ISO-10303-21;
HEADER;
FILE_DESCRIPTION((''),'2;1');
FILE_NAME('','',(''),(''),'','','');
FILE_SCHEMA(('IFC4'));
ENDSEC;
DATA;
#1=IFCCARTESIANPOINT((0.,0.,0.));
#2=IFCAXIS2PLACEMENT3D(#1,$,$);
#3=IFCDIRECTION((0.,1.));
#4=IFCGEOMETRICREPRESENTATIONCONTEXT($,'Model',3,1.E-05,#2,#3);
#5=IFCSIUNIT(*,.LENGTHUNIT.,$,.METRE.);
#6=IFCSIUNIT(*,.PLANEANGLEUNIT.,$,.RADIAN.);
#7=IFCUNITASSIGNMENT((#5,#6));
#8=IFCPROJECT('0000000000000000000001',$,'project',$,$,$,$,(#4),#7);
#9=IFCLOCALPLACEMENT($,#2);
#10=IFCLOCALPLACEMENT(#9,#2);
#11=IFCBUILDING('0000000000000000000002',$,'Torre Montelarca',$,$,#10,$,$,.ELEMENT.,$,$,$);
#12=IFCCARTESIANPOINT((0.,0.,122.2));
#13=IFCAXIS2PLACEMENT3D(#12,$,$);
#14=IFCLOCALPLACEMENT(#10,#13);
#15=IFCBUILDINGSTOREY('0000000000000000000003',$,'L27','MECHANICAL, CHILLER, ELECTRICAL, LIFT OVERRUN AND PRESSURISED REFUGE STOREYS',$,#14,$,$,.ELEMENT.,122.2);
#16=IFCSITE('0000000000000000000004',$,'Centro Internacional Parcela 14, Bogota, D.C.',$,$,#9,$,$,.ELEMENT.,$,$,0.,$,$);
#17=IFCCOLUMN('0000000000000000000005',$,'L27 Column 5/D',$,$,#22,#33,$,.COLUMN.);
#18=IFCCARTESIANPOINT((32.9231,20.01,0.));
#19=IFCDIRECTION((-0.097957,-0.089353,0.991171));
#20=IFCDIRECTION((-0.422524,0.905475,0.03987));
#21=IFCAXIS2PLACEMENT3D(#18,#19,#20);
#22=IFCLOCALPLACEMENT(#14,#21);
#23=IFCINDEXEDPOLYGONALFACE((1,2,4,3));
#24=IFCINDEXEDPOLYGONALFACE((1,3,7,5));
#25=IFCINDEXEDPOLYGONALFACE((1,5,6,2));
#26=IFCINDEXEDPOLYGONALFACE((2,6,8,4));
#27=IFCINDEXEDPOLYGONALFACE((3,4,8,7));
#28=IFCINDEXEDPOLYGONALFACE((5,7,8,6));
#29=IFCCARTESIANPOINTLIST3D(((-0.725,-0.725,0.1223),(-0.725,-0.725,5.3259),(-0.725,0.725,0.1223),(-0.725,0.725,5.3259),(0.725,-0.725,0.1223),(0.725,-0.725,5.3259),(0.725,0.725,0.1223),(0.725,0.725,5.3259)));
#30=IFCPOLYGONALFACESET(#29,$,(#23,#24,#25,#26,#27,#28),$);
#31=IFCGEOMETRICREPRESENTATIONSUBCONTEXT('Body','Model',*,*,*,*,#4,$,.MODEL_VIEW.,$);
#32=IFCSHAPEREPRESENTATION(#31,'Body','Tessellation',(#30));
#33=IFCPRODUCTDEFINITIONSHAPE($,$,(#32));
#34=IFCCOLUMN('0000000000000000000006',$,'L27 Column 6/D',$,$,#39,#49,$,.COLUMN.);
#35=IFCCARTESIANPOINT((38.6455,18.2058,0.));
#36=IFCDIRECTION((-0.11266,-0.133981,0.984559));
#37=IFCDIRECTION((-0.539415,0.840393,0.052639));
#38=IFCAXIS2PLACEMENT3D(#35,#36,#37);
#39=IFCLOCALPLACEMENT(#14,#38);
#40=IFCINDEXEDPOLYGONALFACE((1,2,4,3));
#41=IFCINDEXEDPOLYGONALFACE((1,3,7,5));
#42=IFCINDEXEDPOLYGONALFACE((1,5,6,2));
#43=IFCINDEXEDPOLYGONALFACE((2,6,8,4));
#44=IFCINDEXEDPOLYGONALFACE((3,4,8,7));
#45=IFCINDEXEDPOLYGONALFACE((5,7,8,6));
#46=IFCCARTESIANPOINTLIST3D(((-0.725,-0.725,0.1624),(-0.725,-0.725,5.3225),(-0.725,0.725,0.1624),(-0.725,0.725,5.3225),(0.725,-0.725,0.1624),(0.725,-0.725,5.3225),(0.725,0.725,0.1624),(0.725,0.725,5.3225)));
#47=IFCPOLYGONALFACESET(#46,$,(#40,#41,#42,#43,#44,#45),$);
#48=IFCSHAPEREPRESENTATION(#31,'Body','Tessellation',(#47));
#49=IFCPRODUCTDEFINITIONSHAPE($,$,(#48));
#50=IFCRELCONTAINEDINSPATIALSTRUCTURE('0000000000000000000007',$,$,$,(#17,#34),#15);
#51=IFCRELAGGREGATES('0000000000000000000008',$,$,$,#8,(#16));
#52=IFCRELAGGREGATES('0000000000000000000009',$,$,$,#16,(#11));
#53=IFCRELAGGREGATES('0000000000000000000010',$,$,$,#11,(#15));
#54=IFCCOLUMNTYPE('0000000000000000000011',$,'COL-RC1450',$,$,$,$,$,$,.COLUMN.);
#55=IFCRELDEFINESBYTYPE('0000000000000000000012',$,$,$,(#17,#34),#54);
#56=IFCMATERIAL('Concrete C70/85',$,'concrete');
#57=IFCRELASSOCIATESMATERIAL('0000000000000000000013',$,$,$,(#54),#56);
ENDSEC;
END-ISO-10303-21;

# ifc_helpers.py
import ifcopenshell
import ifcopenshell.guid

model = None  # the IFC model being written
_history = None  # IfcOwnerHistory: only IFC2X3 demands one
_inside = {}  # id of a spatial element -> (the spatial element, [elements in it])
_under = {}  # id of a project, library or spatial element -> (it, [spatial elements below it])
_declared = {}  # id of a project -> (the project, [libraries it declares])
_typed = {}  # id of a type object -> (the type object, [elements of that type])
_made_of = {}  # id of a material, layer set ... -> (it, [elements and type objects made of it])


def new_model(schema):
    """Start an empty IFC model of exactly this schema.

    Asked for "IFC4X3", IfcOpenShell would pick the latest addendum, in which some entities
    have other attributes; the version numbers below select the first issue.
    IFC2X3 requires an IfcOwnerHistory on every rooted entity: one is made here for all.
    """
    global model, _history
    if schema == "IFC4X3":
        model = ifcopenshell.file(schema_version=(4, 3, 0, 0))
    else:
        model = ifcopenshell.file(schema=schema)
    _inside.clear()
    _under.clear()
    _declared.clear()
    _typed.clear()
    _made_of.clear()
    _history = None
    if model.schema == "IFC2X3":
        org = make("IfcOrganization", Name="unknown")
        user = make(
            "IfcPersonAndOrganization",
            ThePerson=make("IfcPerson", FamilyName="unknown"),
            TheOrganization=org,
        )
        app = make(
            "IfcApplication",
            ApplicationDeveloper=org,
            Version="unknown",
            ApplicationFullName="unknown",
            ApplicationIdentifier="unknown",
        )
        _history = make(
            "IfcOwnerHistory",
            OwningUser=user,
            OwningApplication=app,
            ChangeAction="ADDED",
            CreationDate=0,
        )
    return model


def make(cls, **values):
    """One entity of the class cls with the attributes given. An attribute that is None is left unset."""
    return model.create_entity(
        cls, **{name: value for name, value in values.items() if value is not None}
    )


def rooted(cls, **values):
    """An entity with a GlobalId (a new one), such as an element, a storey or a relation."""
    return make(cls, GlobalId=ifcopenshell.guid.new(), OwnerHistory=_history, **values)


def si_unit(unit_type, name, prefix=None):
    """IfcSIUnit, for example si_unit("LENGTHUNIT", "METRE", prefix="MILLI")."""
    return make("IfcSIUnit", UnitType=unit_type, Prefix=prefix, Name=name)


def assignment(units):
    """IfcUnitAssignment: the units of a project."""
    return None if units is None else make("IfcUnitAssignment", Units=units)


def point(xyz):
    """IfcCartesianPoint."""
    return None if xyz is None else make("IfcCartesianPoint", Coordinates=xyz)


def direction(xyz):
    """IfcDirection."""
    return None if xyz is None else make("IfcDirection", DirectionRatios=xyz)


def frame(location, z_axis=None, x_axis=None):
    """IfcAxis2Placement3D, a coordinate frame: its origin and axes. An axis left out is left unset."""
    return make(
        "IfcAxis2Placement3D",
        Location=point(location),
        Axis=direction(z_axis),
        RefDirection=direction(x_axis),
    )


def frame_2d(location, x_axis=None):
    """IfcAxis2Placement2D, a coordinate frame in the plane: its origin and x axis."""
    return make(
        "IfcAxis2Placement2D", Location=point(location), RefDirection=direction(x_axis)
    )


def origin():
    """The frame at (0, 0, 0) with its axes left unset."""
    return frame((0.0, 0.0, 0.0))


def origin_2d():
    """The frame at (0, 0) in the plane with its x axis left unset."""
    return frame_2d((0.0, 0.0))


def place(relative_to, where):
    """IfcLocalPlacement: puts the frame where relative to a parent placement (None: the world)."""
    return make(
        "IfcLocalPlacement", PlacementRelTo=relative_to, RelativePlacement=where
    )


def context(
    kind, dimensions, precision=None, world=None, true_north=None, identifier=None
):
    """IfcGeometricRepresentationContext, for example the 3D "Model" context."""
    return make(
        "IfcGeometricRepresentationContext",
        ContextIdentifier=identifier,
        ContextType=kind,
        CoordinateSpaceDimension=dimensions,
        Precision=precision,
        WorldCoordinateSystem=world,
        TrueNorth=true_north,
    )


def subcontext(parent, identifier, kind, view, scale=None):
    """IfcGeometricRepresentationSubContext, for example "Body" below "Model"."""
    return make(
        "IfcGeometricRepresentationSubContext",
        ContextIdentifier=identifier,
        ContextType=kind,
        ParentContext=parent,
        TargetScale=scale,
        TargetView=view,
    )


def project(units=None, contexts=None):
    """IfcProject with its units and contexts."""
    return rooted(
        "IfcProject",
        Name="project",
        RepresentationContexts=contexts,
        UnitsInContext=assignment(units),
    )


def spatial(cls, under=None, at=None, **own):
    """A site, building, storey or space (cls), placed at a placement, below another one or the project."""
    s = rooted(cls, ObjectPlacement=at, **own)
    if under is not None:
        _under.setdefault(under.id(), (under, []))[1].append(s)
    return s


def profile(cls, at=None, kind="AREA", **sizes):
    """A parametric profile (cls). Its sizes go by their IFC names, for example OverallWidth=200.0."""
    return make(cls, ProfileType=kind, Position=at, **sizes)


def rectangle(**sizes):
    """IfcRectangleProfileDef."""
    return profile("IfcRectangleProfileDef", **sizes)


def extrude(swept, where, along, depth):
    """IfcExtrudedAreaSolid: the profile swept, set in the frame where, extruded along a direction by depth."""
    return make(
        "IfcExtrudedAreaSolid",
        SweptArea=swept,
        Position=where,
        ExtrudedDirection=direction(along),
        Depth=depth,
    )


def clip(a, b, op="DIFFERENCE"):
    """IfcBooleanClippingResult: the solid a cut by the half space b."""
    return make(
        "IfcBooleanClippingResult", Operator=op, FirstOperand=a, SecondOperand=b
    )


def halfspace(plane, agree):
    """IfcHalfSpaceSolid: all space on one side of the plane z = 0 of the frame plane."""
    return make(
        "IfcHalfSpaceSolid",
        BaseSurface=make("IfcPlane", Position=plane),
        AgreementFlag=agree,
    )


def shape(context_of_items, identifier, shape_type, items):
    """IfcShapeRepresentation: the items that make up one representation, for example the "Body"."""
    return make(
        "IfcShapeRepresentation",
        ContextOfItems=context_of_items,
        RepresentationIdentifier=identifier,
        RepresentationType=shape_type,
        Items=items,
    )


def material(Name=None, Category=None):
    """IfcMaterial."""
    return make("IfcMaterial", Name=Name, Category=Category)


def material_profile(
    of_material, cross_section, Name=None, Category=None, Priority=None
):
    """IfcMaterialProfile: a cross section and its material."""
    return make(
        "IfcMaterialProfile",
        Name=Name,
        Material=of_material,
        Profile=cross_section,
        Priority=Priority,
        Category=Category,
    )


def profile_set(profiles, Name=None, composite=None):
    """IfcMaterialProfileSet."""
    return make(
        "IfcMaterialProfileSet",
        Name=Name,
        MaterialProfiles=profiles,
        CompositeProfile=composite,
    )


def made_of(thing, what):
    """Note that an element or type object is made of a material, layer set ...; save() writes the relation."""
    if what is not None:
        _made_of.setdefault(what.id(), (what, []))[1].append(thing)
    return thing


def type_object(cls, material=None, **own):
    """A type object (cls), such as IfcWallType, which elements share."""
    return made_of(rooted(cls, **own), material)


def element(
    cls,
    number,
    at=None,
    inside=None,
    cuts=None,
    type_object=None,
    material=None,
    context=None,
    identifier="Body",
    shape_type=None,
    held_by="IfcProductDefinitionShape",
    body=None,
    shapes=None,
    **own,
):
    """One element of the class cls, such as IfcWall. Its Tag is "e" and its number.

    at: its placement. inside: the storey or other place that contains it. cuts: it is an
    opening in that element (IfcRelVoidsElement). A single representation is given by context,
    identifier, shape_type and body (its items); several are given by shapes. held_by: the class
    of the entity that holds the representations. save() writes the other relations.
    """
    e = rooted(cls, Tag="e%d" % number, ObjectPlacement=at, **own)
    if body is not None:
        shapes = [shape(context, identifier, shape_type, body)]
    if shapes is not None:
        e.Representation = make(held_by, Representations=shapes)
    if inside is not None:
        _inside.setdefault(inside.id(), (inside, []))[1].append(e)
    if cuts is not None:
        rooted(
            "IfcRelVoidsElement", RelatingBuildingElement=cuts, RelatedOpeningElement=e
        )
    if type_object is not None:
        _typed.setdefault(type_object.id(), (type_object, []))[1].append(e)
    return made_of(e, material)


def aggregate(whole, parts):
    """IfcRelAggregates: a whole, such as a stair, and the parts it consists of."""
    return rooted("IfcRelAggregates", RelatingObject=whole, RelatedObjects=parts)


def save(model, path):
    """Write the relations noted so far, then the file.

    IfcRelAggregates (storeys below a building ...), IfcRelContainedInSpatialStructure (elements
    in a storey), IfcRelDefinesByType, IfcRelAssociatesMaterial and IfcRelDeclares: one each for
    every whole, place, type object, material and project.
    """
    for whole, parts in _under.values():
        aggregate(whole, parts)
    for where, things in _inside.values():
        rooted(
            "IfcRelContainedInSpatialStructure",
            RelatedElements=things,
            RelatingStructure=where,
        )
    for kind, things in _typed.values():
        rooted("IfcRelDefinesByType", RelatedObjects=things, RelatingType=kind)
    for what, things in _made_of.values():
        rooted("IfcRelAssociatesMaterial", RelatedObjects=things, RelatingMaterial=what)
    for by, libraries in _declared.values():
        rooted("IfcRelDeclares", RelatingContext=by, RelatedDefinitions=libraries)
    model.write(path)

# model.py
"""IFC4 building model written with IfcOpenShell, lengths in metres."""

from ifc_helpers import new_model, si_unit, direction, frame, origin, origin_2d, place, context, subcontext, project, spatial, rectangle, extrude, clip, halfspace, material, material_profile, profile_set, type_object, element, save


model = new_model("IFC4")

# Units and contexts
model_context = context("Model", 3, precision=1e-05, world=origin(), true_north=direction((0.0, 1.0)))
body_context = subcontext(model_context, "Body", "Model", "MODEL_VIEW")
ifc_project = project(units=[si_unit("LENGTHUNIT", "METRE"), si_unit("PLANEANGLEUNIT", "RADIAN")], contexts=[model_context])

# Site, building, storey
site_placement = place(None, origin())
site = spatial("IfcSite", under=ifc_project, at=site_placement, Name="Centro Internacional Parcela 14, Bogota, D.C.", CompositionType="ELEMENT", RefElevation=0.0)
building_placement = place(site_placement, origin())
building = spatial("IfcBuilding", under=site, at=building_placement, Name="Torre Montelarca", CompositionType="ELEMENT")
storey_placement = place(building_placement, frame((0.0, 0.0, 122.2)))
storey = spatial("IfcBuildingStorey", under=building, at=storey_placement, Name="L27", Description="MECHANICAL, CHILLER, ELECTRICAL, LIFT OVERRUN AND PRESSURISED REFUGE STOREYS", CompositionType="ELEMENT", Elevation=122.2)

# Columns
ifc_material_1 = material(Name="Concrete C70/85", Category="concrete")
ifc_material_profile_1 = material_profile(ifc_material_1, rectangle(XDim=1.45, YDim=1.45, at=origin_2d()), Name="RC1450X1450", Category="concrete")
ifc_profile_set_1 = profile_set([ifc_material_profile_1], Name="Concrete C70/85")
column_type = type_object("IfcColumnType", Name="COL-RC1450", PredefinedType="COLUMN", material=ifc_profile_set_1)
column_1_placement = place(storey_placement, frame((32.9231, 20.01, 0.0), z_axis=(-0.097957, -0.089353, 0.991171), x_axis=(-0.422524, 0.905475, 0.03987)))
element("IfcColumn", 1, at=column_1_placement, inside=storey, type_object=column_type, Name="L27 Column 5/D", PredefinedType="COLUMN", context=body_context, shape_type="Clipping", body=[
    clip(clip(extrude(rectangle(XDim=1.45, YDim=1.45, at=origin_2d()), origin(), (0.0, 0.0, 1.0), 5.4482), halfspace(frame((0.0, 0.0, 0.1223), z_axis=(0.0, 0.0, -1.0), x_axis=(1.0, 0.0, 0.0)), False)), halfspace(frame((0.0, 0.0, 5.3259), z_axis=(0.0, 0.0, 1.0), x_axis=(1.0, 0.0, 0.0)), False)),
])
column_2_placement = place(storey_placement, frame((38.6455, 18.2058, 0.0), z_axis=(-0.11266, -0.133981, 0.984559), x_axis=(-0.539415, 0.840393, 0.052639)))
element("IfcColumn", 2, at=column_2_placement, inside=storey, type_object=column_type, Name="L27 Column 6/D", PredefinedType="COLUMN", context=body_context, shape_type="Clipping", body=[
    clip(clip(extrude(rectangle(XDim=1.45, YDim=1.45, at=origin_2d()), origin(), (0.0, 0.0, 1.0), 5.4849), halfspace(frame((0.0, 0.0, 0.1624), z_axis=(0.0, 0.0, -1.0), x_axis=(1.0, 0.0, 0.0)), False)), halfspace(frame((0.0, 0.0, 5.3225), z_axis=(0.0, 0.0, 1.0), x_axis=(1.0, 0.0, 0.0)), False)),
])

save(model, "model.ifc")
